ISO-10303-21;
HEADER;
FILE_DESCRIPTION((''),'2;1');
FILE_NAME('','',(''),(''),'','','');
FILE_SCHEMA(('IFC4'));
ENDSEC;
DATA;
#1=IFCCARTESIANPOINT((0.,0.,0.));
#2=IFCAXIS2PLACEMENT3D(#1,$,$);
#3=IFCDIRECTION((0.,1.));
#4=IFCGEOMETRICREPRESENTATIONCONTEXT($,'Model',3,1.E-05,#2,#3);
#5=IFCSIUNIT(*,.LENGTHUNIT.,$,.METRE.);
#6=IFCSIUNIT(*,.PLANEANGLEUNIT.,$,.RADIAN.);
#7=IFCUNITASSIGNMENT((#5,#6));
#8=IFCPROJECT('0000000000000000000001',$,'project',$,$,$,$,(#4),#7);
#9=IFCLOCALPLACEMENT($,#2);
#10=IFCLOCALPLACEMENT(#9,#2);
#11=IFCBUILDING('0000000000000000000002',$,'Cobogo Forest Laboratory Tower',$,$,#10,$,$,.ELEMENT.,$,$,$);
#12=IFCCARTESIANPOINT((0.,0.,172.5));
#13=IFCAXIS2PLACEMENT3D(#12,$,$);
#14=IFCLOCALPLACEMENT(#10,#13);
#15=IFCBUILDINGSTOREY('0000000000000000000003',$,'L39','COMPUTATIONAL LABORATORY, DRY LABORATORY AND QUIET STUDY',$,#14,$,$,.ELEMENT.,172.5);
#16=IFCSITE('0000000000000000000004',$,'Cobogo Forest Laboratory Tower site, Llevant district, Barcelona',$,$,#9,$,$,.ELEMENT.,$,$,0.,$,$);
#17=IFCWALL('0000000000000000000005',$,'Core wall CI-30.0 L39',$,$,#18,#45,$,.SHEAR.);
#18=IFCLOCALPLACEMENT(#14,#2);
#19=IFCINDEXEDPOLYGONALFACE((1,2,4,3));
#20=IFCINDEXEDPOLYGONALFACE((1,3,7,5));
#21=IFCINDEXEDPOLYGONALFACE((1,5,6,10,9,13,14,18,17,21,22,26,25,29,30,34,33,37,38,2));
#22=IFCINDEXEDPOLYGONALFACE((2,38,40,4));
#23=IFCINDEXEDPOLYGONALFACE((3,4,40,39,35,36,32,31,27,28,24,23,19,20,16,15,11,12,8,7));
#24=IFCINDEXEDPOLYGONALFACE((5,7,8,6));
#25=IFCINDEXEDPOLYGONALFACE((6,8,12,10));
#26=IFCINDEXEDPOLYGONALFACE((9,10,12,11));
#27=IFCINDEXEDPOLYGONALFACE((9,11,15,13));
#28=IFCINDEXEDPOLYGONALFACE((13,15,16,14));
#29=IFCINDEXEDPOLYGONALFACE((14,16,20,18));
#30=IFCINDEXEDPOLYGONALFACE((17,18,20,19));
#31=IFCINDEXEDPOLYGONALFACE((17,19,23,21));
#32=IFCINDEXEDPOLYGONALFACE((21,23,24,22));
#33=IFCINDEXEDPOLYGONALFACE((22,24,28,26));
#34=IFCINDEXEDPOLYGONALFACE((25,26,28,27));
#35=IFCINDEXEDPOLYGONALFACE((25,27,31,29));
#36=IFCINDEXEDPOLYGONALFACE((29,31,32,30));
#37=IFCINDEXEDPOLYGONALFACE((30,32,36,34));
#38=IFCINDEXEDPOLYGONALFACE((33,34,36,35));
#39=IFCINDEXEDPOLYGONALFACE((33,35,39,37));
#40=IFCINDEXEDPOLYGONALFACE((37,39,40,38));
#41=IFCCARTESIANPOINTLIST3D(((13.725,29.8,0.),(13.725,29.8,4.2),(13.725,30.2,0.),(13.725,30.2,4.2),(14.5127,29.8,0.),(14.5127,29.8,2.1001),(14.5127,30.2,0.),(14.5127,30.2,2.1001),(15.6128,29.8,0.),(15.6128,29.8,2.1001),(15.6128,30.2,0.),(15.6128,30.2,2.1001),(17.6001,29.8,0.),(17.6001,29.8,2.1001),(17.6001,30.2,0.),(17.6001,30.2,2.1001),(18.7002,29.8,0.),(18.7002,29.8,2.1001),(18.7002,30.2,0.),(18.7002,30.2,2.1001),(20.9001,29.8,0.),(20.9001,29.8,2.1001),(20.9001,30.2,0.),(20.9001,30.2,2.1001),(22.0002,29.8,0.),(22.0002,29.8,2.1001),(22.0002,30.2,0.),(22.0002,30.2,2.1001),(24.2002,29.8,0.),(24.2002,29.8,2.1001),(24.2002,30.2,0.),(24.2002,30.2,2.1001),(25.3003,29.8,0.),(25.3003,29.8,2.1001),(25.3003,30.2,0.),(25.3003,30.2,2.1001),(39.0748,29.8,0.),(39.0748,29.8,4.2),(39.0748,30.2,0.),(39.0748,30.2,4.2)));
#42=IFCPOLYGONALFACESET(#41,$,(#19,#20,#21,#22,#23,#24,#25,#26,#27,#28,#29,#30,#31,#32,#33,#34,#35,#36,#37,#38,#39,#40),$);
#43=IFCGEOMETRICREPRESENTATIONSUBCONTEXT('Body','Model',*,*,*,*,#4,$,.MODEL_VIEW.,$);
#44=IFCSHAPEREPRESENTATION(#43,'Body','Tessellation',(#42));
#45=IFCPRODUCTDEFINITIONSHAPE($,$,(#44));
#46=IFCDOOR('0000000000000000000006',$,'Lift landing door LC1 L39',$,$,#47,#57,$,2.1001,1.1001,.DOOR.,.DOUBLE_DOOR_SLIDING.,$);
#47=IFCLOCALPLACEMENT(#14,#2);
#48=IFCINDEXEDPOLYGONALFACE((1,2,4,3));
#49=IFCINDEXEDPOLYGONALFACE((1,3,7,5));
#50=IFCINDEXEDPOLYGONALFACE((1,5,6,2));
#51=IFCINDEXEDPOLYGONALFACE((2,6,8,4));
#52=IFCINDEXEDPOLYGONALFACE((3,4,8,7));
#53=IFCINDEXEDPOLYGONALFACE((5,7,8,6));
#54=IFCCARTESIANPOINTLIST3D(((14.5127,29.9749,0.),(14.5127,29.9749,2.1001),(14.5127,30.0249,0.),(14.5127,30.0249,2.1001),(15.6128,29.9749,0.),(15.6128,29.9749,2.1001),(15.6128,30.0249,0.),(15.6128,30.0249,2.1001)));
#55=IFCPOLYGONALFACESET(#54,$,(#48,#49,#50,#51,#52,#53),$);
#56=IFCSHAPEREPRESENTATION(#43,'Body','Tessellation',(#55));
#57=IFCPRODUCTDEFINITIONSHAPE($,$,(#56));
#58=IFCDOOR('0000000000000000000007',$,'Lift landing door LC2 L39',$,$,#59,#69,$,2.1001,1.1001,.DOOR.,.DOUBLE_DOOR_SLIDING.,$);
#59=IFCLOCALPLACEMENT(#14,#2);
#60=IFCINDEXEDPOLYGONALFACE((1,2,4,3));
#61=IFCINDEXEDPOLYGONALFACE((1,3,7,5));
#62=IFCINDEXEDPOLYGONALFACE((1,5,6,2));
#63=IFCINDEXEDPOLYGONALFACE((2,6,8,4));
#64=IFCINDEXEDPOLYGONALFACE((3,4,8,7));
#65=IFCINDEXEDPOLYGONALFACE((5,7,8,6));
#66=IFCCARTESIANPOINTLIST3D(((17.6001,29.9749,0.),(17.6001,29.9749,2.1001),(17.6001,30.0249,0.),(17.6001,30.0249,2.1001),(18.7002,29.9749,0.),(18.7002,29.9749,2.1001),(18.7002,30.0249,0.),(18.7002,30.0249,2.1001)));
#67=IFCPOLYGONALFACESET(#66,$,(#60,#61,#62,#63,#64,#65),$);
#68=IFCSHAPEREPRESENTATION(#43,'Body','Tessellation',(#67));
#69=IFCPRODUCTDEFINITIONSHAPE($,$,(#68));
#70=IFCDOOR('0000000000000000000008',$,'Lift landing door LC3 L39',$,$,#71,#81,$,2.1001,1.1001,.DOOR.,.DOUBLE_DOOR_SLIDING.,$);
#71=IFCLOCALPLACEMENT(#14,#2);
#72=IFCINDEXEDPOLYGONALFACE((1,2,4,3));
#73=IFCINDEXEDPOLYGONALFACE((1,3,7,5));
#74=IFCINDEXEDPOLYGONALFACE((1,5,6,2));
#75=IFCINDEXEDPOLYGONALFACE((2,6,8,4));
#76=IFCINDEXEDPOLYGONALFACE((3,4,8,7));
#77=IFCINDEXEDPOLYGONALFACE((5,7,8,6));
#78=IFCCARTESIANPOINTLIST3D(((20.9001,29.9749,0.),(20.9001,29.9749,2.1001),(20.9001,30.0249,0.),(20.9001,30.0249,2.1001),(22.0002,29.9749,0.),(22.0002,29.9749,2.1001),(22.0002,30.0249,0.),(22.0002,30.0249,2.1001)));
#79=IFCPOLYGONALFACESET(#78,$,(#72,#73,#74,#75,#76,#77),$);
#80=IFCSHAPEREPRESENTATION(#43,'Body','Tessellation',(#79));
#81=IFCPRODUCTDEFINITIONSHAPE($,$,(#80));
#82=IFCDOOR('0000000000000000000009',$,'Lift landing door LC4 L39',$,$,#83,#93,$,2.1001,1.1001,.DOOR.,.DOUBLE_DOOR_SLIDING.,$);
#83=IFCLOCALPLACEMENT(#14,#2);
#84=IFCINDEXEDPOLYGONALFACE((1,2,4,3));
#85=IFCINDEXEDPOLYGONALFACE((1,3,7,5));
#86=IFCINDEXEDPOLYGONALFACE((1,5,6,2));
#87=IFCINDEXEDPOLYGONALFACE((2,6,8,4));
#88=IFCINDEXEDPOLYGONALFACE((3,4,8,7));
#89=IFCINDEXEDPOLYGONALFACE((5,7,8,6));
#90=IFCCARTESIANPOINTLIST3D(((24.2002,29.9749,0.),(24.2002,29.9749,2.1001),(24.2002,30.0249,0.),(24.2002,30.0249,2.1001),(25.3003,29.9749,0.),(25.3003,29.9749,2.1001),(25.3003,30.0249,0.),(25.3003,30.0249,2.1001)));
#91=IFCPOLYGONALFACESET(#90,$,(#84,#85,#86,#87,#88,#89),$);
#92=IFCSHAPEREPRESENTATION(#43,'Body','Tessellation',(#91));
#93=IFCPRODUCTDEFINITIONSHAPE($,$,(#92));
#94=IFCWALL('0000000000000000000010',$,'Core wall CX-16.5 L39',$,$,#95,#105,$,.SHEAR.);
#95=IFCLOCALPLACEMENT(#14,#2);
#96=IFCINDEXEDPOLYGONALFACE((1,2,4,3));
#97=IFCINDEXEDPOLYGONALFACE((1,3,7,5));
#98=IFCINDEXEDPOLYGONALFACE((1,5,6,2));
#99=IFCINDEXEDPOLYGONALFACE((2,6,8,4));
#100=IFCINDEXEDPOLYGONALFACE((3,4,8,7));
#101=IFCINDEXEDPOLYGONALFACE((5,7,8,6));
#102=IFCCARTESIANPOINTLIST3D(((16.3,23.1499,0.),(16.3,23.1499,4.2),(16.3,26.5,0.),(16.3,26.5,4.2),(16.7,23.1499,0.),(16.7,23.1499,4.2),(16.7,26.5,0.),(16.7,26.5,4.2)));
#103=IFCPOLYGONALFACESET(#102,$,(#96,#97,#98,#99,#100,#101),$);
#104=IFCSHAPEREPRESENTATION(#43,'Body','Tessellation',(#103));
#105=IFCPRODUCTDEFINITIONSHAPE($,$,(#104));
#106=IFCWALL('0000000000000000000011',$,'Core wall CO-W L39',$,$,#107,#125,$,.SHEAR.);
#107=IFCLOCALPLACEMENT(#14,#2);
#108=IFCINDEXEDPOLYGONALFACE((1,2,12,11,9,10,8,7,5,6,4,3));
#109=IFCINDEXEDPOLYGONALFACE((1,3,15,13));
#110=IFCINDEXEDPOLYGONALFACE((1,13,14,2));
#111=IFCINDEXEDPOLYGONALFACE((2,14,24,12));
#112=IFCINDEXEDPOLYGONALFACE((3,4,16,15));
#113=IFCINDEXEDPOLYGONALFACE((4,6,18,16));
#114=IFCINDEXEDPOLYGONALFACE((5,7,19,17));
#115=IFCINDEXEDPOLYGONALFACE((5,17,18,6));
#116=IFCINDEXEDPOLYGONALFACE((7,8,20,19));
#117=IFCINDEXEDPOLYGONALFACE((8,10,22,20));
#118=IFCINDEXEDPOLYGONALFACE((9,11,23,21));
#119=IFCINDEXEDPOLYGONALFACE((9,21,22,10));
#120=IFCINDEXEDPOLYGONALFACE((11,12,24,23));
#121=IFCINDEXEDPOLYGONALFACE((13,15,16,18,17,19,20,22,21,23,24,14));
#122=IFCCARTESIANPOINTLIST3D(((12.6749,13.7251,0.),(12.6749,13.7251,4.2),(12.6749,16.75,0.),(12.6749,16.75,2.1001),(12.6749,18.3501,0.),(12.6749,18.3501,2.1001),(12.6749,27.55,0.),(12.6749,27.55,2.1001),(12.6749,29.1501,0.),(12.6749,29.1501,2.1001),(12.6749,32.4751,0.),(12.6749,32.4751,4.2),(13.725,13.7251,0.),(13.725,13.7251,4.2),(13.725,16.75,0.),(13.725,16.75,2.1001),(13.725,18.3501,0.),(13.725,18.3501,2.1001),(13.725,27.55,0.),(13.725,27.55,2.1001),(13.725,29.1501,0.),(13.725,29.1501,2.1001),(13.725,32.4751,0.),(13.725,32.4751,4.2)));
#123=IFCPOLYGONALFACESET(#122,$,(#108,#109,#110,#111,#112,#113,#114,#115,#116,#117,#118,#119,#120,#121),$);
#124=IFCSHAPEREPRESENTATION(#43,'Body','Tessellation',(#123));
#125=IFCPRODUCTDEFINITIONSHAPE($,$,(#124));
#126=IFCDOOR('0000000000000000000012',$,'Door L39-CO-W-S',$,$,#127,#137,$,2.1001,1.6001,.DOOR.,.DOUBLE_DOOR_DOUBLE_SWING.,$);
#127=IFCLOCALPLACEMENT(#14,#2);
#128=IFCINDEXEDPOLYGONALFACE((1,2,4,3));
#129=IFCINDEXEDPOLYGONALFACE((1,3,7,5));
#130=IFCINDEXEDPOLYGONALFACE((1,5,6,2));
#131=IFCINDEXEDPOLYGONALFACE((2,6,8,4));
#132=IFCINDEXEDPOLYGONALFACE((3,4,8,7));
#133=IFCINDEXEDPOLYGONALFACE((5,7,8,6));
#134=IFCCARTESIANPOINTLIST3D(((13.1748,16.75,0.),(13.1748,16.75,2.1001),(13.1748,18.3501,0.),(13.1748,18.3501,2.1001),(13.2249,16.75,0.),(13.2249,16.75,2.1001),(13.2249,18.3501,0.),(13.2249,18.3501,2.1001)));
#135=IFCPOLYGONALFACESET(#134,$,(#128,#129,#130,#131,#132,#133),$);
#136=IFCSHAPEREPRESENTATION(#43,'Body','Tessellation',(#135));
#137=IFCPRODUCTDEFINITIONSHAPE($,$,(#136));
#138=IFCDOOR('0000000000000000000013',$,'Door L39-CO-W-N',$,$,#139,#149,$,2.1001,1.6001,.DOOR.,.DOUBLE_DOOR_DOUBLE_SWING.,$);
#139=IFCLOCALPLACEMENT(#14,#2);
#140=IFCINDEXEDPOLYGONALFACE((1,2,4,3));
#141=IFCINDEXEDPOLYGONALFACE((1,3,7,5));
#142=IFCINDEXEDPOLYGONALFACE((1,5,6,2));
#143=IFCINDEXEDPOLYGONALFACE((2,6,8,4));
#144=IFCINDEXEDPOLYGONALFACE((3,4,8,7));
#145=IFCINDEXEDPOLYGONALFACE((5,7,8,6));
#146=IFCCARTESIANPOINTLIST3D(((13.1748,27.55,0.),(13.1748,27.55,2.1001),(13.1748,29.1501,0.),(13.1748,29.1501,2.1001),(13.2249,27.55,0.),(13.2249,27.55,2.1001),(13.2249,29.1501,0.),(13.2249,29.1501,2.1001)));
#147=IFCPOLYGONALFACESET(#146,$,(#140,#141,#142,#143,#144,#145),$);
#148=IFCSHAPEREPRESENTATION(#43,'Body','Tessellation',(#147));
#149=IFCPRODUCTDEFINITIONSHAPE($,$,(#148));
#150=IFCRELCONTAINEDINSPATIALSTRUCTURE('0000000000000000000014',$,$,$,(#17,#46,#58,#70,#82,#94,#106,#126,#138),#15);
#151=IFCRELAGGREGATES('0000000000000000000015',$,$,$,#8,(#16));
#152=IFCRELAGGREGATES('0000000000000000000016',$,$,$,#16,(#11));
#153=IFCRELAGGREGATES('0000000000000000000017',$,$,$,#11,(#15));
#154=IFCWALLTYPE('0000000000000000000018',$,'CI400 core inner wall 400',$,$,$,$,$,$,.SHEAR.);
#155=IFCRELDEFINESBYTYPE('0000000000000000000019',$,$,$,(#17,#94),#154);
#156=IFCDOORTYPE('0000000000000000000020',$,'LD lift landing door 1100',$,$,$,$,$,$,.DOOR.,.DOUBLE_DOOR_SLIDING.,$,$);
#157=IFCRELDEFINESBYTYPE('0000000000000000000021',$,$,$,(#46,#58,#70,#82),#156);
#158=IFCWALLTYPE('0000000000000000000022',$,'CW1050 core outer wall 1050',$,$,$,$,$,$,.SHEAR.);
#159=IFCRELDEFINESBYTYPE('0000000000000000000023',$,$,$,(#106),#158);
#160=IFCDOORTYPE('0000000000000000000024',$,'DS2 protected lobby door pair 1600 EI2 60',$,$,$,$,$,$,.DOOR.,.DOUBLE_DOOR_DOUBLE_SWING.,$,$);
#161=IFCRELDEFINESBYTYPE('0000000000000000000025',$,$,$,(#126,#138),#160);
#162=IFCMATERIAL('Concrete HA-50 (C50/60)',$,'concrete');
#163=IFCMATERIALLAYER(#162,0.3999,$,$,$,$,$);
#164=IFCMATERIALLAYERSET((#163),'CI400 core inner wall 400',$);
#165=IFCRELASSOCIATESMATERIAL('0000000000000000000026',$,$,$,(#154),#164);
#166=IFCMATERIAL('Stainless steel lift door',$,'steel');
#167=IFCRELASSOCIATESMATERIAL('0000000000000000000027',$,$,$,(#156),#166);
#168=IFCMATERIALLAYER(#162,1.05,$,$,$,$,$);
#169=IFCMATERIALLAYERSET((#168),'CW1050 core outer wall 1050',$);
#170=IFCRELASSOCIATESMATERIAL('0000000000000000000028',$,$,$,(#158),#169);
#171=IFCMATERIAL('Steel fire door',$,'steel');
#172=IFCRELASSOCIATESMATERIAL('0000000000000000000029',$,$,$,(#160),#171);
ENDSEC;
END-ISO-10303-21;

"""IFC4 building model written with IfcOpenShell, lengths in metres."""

from ifc_helpers import new_model, si_unit, direction, frame, frame_2d, origin, place, context, subcontext, project, spatial, rectangle, extrude, material, layer, layer_set, type_object, element, fill, save


model = new_model("IFC4")

# Units and contexts
model_context = context("Model", 3, precision=1e-05, world=origin(), true_north=direction((0.0, 1.0)))
body_context = subcontext(model_context, "Body", "Model", "MODEL_VIEW")
ifc_project = project(units=[si_unit("LENGTHUNIT", "METRE"), si_unit("PLANEANGLEUNIT", "RADIAN")], contexts=[model_context])

# Site, building, storey
site_placement = place(None, origin())
site = spatial("IfcSite", under=ifc_project, at=site_placement, Name="Cobogo Forest Laboratory Tower site, Llevant district, Barcelona", CompositionType="ELEMENT", RefElevation=0.0)
building_placement = place(site_placement, origin())
building = spatial("IfcBuilding", under=site, at=building_placement, Name="Cobogo Forest Laboratory Tower", CompositionType="ELEMENT")
storey_placement = place(building_placement, frame((0.0, 0.0, 172.5)))
storey = spatial("IfcBuildingStorey", under=building, at=storey_placement, Name="L39", Description="COMPUTATIONAL LABORATORY, DRY LABORATORY AND QUIET STUDY", CompositionType="ELEMENT", Elevation=172.5)

# Shared definitions
ifc_material_1 = material(Name="Concrete HA-50 (C50/60)", Category="concrete")

# Wall, openings, doors
ifc_layer_1 = layer(ifc_material_1, 0.3999)
ifc_layer_set_1 = layer_set([ifc_layer_1], Name="CI400 core inner wall 400")
wall_type_1 = type_object("IfcWallType", Name="CI400 core inner wall 400", PredefinedType="SHEAR", material=ifc_layer_set_1)
ifc_material_2 = material(Name="Steel fire door", Category="steel")
ifc_material_3 = material(Name="Stainless steel lift door", Category="steel")
door_type_1 = type_object("IfcDoorType", Name="LD lift landing door 1100", OperationType="DOUBLE_DOOR_SLIDING", PredefinedType="DOOR", material=ifc_material_3)
wall_1_placement = place(storey_placement, frame((13.7251, 30.0, 0.0), z_axis=(0.0, 0.0, 1.0), x_axis=(1.0, 0.0, 0.0)))
wall_1 = element("IfcWall", 1, at=wall_1_placement, inside=storey, type_object=wall_type_1, Name="Core wall CI-30.0 L39", PredefinedType="SHEAR", context=body_context, shape_type="SweptSolid", body=[
    extrude(rectangle(XDim=25.3499, YDim=0.3999, at=frame_2d((12.6748, 0.0))), origin(), (0.0, 0.0, 1.0), 4.2),
])
opening_1_placement = place(wall_1_placement, frame((0.7876, 0.0, 0.0)))
opening_1 = element("IfcOpeningElement", 2, at=opening_1_placement, cuts=wall_1, PredefinedType="OPENING", context=body_context, shape_type="SweptSolid", body=[
    extrude(rectangle(XDim=1.1001, YDim=2.1001, at=frame_2d((0.55, 1.05))), frame((0.0, 0.21, 0.0), z_axis=(0.0, -1.0, 0.0), x_axis=(1.0, 0.0, 0.0)), (0.0, 0.0, 1.0), 0.4199),
])
opening_2_placement = place(wall_1_placement, frame((3.875, 0.0, 0.0)))
opening_2 = element("IfcOpeningElement", 3, at=opening_2_placement, cuts=wall_1, PredefinedType="OPENING", context=body_context, shape_type="SweptSolid", body=[
    extrude(rectangle(XDim=1.1001, YDim=2.1001, at=frame_2d((0.55, 1.05))), frame((0.0, 0.21, 0.0), z_axis=(0.0, -1.0, 0.0), x_axis=(1.0, 0.0, 0.0)), (0.0, 0.0, 1.0), 0.4199),
])
opening_3_placement = place(wall_1_placement, frame((7.175, 0.0, 0.0)))
opening_3 = element("IfcOpeningElement", 4, at=opening_3_placement, cuts=wall_1, PredefinedType="OPENING", context=body_context, shape_type="SweptSolid", body=[
    extrude(rectangle(XDim=1.1001, YDim=2.1001, at=frame_2d((0.55, 1.05))), frame((0.0, 0.21, 0.0), z_axis=(0.0, -1.0, 0.0), x_axis=(1.0, 0.0, 0.0)), (0.0, 0.0, 1.0), 0.4199),
])
opening_4_placement = place(wall_1_placement, frame((10.4751, 0.0, 0.0)))
opening_4 = element("IfcOpeningElement", 5, at=opening_4_placement, cuts=wall_1, PredefinedType="OPENING", context=body_context, shape_type="SweptSolid", body=[
    extrude(rectangle(XDim=1.1001, YDim=2.1001, at=frame_2d((0.55, 1.05))), frame((0.0, 0.21, 0.0), z_axis=(0.0, -1.0, 0.0), x_axis=(1.0, 0.0, 0.0)), (0.0, 0.0, 1.0), 0.4199),
])
door_1_placement = place(opening_1_placement, origin())
door_1 = element("IfcDoor", 6, at=door_1_placement, inside=storey, type_object=door_type_1, Name="Lift landing door LC1 L39", OperationType="DOUBLE_DOOR_SLIDING", OverallHeight=2.1001, OverallWidth=1.1001, PredefinedType="DOOR", context=body_context, shape_type="SweptSolid", body=[
    extrude(rectangle(XDim=1.1001, YDim=2.1001, at=frame_2d((0.55, 1.05))), frame((0.0, 0.0249, 0.0), z_axis=(0.0, -1.0, 0.0), x_axis=(1.0, 0.0, 0.0)), (0.0, 0.0, 1.0), 0.05),
])
fill(opening_1, door_1)
door_2_placement = place(opening_2_placement, origin())
door_2 = element("IfcDoor", 7, at=door_2_placement, inside=storey, type_object=door_type_1, Name="Lift landing door LC2 L39", OperationType="DOUBLE_DOOR_SLIDING", OverallHeight=2.1001, OverallWidth=1.1001, PredefinedType="DOOR", context=body_context, shape_type="SweptSolid", body=[
    extrude(rectangle(XDim=1.1001, YDim=2.1001, at=frame_2d((0.55, 1.05))), frame((0.0, 0.0249, 0.0), z_axis=(0.0, -1.0, 0.0), x_axis=(1.0, 0.0, 0.0)), (0.0, 0.0, 1.0), 0.05),
])
fill(opening_2, door_2)
door_3_placement = place(opening_3_placement, origin())
door_3 = element("IfcDoor", 8, at=door_3_placement, inside=storey, type_object=door_type_1, Name="Lift landing door LC3 L39", OperationType="DOUBLE_DOOR_SLIDING", OverallHeight=2.1001, OverallWidth=1.1001, PredefinedType="DOOR", context=body_context, shape_type="SweptSolid", body=[
    extrude(rectangle(XDim=1.1001, YDim=2.1001, at=frame_2d((0.55, 1.05))), frame((0.0, 0.0249, 0.0), z_axis=(0.0, -1.0, 0.0), x_axis=(1.0, 0.0, 0.0)), (0.0, 0.0, 1.0), 0.05),
])
fill(opening_3, door_3)
door_4_placement = place(opening_4_placement, origin())
door_4 = element("IfcDoor", 9, at=door_4_placement, inside=storey, type_object=door_type_1, Name="Lift landing door LC4 L39", OperationType="DOUBLE_DOOR_SLIDING", OverallHeight=2.1001, OverallWidth=1.1001, PredefinedType="DOOR", context=body_context, shape_type="SweptSolid", body=[
    extrude(rectangle(XDim=1.1001, YDim=2.1001, at=frame_2d((0.55, 1.05))), frame((0.0, 0.0249, 0.0), z_axis=(0.0, -1.0, 0.0), x_axis=(1.0, 0.0, 0.0)), (0.0, 0.0, 1.0), 0.05),
])
fill(opening_4, door_4)

# Wall
wall_2_placement = place(storey_placement, frame((16.5, 23.1499, 0.0), z_axis=(0.0, 0.0, 1.0), x_axis=(0.0, 1.0, 0.0)))
element("IfcWall", 10, at=wall_2_placement, inside=storey, type_object=wall_type_1, Name="Core wall CX-16.5 L39", PredefinedType="SHEAR", context=body_context, shape_type="SweptSolid", body=[
    extrude(rectangle(XDim=3.3501, YDim=0.3999, at=frame_2d((1.675, 0.0))), origin(), (0.0, 0.0, 1.0), 4.2),
])

# Wall, openings, doors
ifc_layer_2 = layer(ifc_material_1, 1.05)
ifc_layer_set_2 = layer_set([ifc_layer_2], Name="CW1050 core outer wall 1050")
wall_type_2 = type_object("IfcWallType", Name="CW1050 core outer wall 1050", PredefinedType="SHEAR", material=ifc_layer_set_2)
wall_3_placement = place(storey_placement, frame((13.2, 32.4751, 0.0), z_axis=(0.0, 0.0, 1.0), x_axis=(0.0, -1.0, 0.0)))
wall_3 = element("IfcWall", 11, at=wall_3_placement, inside=storey, type_object=wall_type_2, Name="Core wall CO-W L39", PredefinedType="SHEAR", context=body_context, shape_type="SweptSolid", body=[
    extrude(rectangle(XDim=18.75, YDim=1.05, at=frame_2d((9.375, 0.0))), origin(), (0.0, 0.0, 1.0), 4.2),
])
opening_5_placement = place(wall_3_placement, frame((14.125, 0.0, 0.0)))
opening_5 = element("IfcOpeningElement", 12, at=opening_5_placement, cuts=wall_3, PredefinedType="OPENING", context=body_context, shape_type="SweptSolid", body=[
    extrude(rectangle(XDim=1.6001, YDim=2.1001, at=frame_2d((0.8, 1.05))), frame((0.0, 0.5349, 0.0), z_axis=(0.0, -1.0, 0.0), x_axis=(1.0, 0.0, 0.0)), (0.0, 0.0, 1.0), 1.0701),
])
opening_6_placement = place(wall_3_placement, frame((3.325, 0.0, 0.0)))
opening_6 = element("IfcOpeningElement", 13, at=opening_6_placement, cuts=wall_3, PredefinedType="OPENING", context=body_context, shape_type="SweptSolid", body=[
    extrude(rectangle(XDim=1.6001, YDim=2.1001, at=frame_2d((0.8, 1.05))), frame((0.0, 0.5349, 0.0), z_axis=(0.0, -1.0, 0.0), x_axis=(1.0, 0.0, 0.0)), (0.0, 0.0, 1.0), 1.0701),
])
door_type_2 = type_object("IfcDoorType", Name="DS2 protected lobby door pair 1600 EI2 60", OperationType="DOUBLE_DOOR_DOUBLE_SWING", PredefinedType="DOOR", material=ifc_material_2)
door_5_placement = place(opening_5_placement, origin())
door_5 = element("IfcDoor", 14, at=door_5_placement, inside=storey, type_object=door_type_2, Name="Door L39-CO-W-S", OperationType="DOUBLE_DOOR_DOUBLE_SWING", OverallHeight=2.1001, OverallWidth=1.6001, PredefinedType="DOOR", context=body_context, shape_type="SweptSolid", body=[
    extrude(rectangle(XDim=1.6001, YDim=2.1001, at=frame_2d((0.8, 1.05))), frame((0.0, 0.0249, 0.0), z_axis=(0.0, -1.0, 0.0), x_axis=(1.0, 0.0, 0.0)), (0.0, 0.0, 1.0), 0.05),
])
fill(opening_5, door_5)
door_6_placement = place(opening_6_placement, origin())
door_6 = element("IfcDoor", 15, at=door_6_placement, inside=storey, type_object=door_type_2, Name="Door L39-CO-W-N", OperationType="DOUBLE_DOOR_DOUBLE_SWING", OverallHeight=2.1001, OverallWidth=1.6001, PredefinedType="DOOR", context=body_context, shape_type="SweptSolid", body=[
    extrude(rectangle(XDim=1.6001, YDim=2.1001, at=frame_2d((0.8, 1.05))), frame((0.0, 0.0249, 0.0), z_axis=(0.0, -1.0, 0.0), x_axis=(1.0, 0.0, 0.0)), (0.0, 0.0, 1.0), 0.05),
])
fill(opening_6, door_6)

save(model, "model.ifc")
